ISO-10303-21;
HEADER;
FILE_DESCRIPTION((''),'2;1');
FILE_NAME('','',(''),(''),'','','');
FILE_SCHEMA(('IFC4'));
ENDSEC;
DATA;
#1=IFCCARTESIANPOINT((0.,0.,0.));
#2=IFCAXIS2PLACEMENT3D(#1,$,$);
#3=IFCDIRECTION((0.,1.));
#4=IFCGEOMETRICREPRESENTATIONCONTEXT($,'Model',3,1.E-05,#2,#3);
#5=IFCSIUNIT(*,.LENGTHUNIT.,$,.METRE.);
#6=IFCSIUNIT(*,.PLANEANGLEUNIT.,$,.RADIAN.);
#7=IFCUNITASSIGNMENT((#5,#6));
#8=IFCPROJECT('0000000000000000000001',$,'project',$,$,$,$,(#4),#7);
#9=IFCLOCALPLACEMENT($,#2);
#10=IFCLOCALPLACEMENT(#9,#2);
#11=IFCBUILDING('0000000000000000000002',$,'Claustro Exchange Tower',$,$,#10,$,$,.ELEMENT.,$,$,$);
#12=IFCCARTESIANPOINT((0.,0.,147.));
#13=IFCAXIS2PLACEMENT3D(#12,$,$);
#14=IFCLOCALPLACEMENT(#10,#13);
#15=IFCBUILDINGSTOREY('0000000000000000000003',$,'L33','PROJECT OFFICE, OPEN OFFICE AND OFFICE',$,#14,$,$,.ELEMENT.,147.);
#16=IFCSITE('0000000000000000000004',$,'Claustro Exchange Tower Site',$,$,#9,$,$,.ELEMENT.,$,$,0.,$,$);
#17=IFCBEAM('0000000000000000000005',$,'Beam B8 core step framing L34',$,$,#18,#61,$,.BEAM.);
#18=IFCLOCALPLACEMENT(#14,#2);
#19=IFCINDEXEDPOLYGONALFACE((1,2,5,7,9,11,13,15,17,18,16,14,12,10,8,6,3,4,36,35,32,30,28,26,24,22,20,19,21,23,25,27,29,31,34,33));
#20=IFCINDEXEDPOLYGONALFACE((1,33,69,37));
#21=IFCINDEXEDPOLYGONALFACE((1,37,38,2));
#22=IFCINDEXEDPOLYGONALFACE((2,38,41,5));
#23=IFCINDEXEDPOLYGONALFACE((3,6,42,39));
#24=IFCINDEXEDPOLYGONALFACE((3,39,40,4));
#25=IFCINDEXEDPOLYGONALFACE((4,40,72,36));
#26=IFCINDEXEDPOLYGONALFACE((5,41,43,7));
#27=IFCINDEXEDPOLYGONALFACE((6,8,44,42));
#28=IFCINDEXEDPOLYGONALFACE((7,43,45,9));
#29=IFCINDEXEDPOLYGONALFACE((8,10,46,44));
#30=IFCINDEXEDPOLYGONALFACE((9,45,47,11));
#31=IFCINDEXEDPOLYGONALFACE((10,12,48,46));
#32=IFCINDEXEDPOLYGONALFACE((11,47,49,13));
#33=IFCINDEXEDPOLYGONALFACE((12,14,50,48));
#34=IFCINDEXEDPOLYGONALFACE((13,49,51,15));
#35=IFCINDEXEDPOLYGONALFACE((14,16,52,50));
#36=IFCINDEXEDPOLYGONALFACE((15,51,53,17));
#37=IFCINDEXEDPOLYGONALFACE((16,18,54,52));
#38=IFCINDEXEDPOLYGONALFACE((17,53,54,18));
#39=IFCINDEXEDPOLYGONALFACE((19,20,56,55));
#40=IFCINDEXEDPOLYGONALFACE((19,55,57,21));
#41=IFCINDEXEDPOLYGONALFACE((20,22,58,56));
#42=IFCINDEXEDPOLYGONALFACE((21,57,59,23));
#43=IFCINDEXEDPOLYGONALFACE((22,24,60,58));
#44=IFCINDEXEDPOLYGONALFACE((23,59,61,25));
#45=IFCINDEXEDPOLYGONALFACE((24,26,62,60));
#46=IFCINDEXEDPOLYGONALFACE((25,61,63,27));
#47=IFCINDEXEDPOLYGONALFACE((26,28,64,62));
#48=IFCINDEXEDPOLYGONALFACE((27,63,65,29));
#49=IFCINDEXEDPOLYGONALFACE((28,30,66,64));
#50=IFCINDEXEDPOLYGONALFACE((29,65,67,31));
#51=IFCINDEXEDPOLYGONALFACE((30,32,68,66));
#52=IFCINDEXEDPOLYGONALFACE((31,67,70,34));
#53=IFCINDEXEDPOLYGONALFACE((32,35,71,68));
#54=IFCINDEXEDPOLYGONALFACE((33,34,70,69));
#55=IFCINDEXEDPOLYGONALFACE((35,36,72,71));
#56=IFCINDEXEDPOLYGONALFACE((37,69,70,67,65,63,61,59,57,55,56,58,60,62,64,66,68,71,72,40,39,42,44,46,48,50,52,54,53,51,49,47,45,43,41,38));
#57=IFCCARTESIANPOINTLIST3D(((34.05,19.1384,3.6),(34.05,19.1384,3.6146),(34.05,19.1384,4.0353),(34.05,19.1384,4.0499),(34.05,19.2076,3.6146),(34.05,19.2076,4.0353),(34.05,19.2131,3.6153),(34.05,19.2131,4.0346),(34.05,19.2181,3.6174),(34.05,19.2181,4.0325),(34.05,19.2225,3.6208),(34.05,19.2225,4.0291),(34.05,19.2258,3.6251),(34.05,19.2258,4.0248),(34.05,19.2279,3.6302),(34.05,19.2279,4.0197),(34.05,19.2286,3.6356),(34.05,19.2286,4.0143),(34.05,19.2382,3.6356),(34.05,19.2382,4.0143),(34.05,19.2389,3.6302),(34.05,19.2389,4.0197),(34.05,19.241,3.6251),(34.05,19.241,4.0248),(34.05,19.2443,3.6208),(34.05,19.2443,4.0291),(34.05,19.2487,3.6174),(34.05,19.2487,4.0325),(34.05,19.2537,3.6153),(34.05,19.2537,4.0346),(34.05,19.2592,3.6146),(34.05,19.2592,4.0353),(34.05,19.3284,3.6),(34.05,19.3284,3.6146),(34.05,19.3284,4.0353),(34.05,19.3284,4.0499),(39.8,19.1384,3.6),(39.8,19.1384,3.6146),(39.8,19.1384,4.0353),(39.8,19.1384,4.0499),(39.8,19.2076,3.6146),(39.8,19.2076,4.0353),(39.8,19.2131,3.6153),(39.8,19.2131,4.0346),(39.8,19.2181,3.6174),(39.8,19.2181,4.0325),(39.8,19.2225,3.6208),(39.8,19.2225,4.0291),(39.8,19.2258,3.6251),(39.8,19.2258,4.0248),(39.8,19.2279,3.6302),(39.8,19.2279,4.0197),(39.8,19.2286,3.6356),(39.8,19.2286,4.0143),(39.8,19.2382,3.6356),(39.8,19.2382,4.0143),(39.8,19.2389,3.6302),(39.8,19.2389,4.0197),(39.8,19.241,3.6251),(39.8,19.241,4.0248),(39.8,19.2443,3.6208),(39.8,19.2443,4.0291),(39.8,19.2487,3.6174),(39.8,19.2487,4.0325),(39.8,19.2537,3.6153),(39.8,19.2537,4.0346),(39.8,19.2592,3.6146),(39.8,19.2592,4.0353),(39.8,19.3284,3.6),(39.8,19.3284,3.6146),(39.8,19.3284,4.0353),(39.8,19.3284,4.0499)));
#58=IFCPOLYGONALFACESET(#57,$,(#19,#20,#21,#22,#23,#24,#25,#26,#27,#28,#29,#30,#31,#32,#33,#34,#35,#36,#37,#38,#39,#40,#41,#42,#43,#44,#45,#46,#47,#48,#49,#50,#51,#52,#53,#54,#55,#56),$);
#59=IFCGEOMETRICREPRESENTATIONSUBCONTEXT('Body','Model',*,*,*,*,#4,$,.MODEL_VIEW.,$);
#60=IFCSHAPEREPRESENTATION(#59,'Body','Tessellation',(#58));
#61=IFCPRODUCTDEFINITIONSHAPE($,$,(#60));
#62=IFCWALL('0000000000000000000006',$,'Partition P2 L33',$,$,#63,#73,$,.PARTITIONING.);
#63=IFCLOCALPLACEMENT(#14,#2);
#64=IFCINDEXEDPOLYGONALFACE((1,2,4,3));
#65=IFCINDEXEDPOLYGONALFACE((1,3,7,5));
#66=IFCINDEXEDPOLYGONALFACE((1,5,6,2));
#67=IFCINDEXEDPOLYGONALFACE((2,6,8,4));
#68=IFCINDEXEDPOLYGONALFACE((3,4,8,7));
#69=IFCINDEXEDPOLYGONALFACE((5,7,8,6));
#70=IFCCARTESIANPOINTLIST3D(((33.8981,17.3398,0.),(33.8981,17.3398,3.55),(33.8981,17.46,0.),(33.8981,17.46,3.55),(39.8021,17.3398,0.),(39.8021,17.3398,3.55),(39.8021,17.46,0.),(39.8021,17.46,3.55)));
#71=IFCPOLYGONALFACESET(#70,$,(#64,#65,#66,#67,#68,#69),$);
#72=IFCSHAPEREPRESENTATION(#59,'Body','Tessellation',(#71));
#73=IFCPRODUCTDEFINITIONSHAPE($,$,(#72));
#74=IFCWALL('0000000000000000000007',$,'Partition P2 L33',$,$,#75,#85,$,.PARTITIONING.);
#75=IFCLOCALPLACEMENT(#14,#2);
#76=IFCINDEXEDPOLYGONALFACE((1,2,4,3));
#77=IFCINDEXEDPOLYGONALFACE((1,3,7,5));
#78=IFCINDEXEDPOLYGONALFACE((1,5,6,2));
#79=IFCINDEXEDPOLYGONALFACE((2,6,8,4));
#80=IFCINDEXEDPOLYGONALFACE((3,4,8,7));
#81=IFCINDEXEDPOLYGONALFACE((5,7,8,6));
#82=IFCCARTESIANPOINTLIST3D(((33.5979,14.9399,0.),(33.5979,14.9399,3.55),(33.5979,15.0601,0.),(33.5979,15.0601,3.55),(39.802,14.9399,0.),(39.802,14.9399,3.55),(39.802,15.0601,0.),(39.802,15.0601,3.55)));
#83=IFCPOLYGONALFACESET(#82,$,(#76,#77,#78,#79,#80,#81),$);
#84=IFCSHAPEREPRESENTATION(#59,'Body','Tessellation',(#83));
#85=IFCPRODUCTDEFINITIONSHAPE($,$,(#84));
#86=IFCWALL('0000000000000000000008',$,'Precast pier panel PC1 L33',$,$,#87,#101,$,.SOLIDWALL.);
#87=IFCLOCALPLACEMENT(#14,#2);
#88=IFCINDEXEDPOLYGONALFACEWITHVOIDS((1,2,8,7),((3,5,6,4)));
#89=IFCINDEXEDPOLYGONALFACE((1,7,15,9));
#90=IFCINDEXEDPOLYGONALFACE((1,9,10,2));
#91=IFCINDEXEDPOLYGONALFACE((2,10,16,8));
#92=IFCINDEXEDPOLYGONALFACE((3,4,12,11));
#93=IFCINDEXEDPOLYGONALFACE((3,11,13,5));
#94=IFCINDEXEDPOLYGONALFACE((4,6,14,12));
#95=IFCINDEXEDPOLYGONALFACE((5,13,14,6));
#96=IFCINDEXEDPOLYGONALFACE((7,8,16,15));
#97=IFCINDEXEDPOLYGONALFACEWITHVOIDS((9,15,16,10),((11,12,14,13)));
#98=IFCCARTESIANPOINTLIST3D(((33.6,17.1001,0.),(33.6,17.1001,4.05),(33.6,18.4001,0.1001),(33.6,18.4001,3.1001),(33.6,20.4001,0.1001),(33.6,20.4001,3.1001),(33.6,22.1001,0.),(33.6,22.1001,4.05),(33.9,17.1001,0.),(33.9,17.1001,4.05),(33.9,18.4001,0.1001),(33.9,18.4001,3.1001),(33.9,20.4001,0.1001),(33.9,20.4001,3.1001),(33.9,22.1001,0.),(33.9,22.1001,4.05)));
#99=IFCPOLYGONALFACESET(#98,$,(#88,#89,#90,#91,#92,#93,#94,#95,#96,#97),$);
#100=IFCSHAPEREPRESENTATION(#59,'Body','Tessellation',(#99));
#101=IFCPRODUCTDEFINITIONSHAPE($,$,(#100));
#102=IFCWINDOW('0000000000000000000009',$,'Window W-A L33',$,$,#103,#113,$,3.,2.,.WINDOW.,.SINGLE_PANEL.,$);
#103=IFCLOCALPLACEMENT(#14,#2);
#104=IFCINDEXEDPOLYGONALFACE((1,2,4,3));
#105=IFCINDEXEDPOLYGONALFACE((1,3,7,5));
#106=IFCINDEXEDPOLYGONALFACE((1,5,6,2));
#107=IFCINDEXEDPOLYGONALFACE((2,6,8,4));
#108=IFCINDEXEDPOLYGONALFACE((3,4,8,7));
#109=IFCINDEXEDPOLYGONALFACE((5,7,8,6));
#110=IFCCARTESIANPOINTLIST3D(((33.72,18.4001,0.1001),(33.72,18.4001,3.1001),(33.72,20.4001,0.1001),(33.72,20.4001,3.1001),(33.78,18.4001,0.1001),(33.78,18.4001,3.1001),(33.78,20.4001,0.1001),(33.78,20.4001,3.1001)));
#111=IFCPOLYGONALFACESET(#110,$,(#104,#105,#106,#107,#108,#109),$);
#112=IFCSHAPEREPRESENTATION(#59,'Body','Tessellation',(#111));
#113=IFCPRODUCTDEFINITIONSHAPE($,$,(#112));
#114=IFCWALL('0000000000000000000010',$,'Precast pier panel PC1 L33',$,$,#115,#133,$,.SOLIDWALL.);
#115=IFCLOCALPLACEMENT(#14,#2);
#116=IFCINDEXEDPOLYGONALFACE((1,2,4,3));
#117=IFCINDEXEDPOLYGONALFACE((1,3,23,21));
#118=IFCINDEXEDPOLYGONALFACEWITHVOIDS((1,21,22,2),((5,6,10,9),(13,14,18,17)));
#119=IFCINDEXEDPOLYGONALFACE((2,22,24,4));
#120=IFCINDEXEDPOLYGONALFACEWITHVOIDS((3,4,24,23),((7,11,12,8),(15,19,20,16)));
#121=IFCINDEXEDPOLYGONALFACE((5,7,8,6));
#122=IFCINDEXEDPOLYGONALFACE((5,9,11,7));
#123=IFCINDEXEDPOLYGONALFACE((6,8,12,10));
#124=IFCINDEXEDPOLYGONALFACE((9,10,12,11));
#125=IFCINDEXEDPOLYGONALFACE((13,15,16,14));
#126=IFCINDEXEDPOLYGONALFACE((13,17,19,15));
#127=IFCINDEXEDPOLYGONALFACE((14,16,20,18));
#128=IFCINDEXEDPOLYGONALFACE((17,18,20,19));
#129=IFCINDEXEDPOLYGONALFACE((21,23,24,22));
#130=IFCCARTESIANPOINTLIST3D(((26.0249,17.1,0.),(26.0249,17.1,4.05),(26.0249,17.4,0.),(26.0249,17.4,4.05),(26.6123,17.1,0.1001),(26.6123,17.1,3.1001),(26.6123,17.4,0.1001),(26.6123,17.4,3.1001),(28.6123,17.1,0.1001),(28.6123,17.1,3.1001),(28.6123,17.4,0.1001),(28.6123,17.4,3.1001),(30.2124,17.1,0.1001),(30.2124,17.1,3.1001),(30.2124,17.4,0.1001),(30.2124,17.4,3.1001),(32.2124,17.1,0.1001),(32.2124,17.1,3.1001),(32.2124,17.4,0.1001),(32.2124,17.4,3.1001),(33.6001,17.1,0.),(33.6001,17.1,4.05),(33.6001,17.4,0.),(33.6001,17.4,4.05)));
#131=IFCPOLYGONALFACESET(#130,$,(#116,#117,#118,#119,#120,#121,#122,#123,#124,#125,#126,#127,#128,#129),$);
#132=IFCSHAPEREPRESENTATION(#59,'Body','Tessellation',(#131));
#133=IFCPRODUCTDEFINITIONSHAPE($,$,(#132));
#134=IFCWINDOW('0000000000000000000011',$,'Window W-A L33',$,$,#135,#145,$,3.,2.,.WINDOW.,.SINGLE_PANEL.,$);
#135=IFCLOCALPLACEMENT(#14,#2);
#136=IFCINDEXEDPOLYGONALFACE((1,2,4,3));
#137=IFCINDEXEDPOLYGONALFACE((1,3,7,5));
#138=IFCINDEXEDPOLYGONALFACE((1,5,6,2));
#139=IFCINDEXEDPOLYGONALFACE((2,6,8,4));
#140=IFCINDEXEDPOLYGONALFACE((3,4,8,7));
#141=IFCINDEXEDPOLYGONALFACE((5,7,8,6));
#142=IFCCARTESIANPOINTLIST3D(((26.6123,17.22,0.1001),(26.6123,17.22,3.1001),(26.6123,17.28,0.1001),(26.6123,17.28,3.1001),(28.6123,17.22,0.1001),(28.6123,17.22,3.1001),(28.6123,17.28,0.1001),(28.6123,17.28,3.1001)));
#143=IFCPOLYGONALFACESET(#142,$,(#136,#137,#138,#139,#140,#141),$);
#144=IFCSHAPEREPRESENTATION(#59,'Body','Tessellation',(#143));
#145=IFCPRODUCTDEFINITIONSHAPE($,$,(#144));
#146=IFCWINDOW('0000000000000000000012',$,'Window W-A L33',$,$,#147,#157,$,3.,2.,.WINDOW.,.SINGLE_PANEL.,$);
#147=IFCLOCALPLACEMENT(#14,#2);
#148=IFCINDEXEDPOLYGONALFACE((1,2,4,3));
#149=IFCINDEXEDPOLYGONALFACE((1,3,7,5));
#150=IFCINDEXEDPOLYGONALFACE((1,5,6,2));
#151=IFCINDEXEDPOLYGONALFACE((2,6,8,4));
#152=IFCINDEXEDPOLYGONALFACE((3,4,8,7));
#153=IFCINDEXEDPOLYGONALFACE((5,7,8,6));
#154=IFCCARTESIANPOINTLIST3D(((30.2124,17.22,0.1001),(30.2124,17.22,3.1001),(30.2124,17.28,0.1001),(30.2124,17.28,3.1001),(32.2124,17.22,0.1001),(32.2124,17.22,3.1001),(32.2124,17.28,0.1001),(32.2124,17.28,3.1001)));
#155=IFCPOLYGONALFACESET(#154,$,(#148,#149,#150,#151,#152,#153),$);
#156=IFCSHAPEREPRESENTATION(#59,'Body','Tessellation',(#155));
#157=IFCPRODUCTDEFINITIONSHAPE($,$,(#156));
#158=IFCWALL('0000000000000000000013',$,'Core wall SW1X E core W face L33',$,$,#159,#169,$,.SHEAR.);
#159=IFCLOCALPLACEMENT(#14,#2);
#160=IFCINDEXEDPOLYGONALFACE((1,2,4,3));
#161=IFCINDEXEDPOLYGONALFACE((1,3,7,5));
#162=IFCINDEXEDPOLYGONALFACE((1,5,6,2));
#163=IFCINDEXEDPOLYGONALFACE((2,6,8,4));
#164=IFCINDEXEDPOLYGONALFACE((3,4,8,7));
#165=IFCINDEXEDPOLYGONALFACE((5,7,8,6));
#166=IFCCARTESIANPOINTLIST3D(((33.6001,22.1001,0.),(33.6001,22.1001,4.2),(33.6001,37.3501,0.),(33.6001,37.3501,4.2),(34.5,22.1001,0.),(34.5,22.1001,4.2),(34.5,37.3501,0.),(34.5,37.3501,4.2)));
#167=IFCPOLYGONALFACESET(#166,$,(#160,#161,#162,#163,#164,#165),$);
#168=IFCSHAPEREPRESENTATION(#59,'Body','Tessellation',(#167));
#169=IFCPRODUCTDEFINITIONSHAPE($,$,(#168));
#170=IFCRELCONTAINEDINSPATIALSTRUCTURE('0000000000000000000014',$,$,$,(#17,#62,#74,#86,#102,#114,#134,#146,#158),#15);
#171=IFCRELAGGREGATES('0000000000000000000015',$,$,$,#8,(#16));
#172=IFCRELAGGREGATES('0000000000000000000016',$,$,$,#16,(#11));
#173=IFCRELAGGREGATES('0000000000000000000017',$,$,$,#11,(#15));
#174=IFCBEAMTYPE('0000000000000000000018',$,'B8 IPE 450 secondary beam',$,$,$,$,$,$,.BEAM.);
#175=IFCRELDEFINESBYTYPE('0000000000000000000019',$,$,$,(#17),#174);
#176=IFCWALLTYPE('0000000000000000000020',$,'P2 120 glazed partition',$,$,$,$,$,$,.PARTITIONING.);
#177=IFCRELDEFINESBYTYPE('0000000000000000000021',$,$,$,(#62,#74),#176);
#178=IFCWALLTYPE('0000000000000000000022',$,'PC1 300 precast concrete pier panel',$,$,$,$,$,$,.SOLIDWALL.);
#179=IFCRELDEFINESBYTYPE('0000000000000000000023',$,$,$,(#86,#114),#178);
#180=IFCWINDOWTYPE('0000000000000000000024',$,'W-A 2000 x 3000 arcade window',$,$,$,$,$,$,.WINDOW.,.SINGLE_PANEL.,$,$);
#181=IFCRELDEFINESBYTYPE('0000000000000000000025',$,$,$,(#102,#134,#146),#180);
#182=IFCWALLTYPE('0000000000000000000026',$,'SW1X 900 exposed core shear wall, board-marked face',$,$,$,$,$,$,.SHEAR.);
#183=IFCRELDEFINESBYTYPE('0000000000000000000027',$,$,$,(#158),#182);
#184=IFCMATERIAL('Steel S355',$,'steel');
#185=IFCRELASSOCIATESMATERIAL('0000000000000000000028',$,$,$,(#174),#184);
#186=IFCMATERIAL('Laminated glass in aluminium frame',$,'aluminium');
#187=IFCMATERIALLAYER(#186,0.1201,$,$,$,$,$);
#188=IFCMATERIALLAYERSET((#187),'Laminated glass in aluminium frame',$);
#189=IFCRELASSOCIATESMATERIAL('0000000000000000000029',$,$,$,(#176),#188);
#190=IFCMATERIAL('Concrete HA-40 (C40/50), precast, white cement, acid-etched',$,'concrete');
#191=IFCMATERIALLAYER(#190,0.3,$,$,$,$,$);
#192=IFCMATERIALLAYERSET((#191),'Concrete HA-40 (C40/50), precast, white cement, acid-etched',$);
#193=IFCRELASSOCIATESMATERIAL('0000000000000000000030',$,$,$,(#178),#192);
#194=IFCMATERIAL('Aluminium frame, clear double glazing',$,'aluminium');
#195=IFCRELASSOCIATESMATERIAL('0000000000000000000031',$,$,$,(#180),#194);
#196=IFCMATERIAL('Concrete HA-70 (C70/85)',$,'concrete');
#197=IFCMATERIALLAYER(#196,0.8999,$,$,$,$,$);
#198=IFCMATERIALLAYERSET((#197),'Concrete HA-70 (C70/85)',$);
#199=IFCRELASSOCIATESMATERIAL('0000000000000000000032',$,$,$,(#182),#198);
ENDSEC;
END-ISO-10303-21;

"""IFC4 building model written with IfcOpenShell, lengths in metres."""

from ifc_helpers import new_model, si_unit, direction, frame, frame_2d, origin, origin_2d, place, context, subcontext, project, spatial, rectangle, i_section, extrude, material, layer, layer_set, material_profile, profile_set, type_object, element, fill, save


model = new_model("IFC4")

# Units and contexts
model_context = context("Model", 3, precision=1e-05, world=origin(), true_north=direction((0.0, 1.0)))
body_context = subcontext(model_context, "Body", "Model", "MODEL_VIEW")
ifc_project = project(units=[si_unit("LENGTHUNIT", "METRE"), si_unit("PLANEANGLEUNIT", "RADIAN")], contexts=[model_context])

# Site, building, storey
site_placement = place(None, origin())
site = spatial("IfcSite", under=ifc_project, at=site_placement, Name="Claustro Exchange Tower Site", CompositionType="ELEMENT", RefElevation=0.0)
building_placement = place(site_placement, origin())
building = spatial("IfcBuilding", under=site, at=building_placement, Name="Claustro Exchange Tower", CompositionType="ELEMENT")
storey_placement = place(building_placement, frame((0.0, 0.0, 147.0)))
storey = spatial("IfcBuildingStorey", under=building, at=storey_placement, Name="L33", Description="PROJECT OFFICE, OPEN OFFICE AND OFFICE", CompositionType="ELEMENT", Elevation=147.0)

# Beam
ifc_material_1 = material(Name="Steel S355", Category="steel")
ifc_material_profile_1 = material_profile(ifc_material_1, i_section(OverallWidth=0.1899, OverallDepth=0.45, WebThickness=0.0095, FlangeThickness=0.0146, FilletRadius=0.021, at=origin_2d()), Name="IPE 450")
ifc_profile_set_1 = profile_set([ifc_material_profile_1], Name="Steel S355")
beam_type_1 = type_object("IfcBeamType", Name="B8 IPE 450 secondary beam", PredefinedType="BEAM", material=ifc_profile_set_1)
for number, where, z_axis, x_axis, name in (
    (1, (34.05, 19.2334, 3.825), (1.0, 0.0, 0.0), (0.0, 1.0, 0.0), "Beam B8 core step framing L34"),
):
    element("IfcBeam", number, at=place(storey_placement, frame(where, z_axis=z_axis, x_axis=x_axis)), inside=storey, type_object=beam_type_1, Name=name, PredefinedType="BEAM", context=body_context, shape_type="SweptSolid", body=[
        extrude(i_section(OverallWidth=0.1899, OverallDepth=0.45, WebThickness=0.0095, FlangeThickness=0.0146, FilletRadius=0.021, at=origin_2d()), origin(), (0.0, 0.0, 1.0), 5.75),
    ])

# Walls
ifc_material_2 = material(Name="Laminated glass in aluminium frame", Category="aluminium")
ifc_layer_1 = layer(ifc_material_2, 0.1201)
ifc_layer_set_1 = layer_set([ifc_layer_1], Name="Laminated glass in aluminium frame")
wall_type_1 = type_object("IfcWallType", Name="P2 120 glazed partition", PredefinedType="PARTITIONING", material=ifc_layer_set_1)
wall_1_placement = place(storey_placement, frame((33.8979, 17.3999, 0.0), z_axis=(0.0, 0.0, 1.0), x_axis=(1.0, 0.0, 0.0)))
element("IfcWall", 2, at=wall_1_placement, inside=storey, type_object=wall_type_1, Name="Partition P2 L33", PredefinedType="PARTITIONING", context=body_context, shape_type="SweptSolid", body=[
    extrude(rectangle(XDim=5.9041, YDim=0.1201, at=frame_2d((2.9521, 0.0))), origin(), (0.0, 0.0, 1.0), 3.55),
])
wall_2_placement = place(storey_placement, frame((33.5979, 15.0, 0.0), z_axis=(0.0, 0.0, 1.0), x_axis=(1.0, 0.0, 0.0)))
element("IfcWall", 3, at=wall_2_placement, inside=storey, type_object=wall_type_1, Name="Partition P2 L33", PredefinedType="PARTITIONING", context=body_context, shape_type="SweptSolid", body=[
    extrude(rectangle(XDim=6.2041, YDim=0.1201, at=frame_2d((3.1021, 0.0))), origin(), (0.0, 0.0, 1.0), 3.55),
])

# Wall, opening, window
ifc_material_3 = material(Name="Concrete HA-40 (C40/50), precast, white cement, acid-etched", Category="concrete")
ifc_layer_2 = layer(ifc_material_3, 0.3)
ifc_layer_set_2 = layer_set([ifc_layer_2], Name="Concrete HA-40 (C40/50), precast, white cement, acid-etched")
wall_type_2 = type_object("IfcWallType", Name="PC1 300 precast concrete pier panel", PredefinedType="SOLIDWALL", material=ifc_layer_set_2)
wall_3_placement = place(storey_placement, frame((33.75, 17.1001, 0.0), z_axis=(0.0, 0.0, 1.0), x_axis=(0.0, 1.0, 0.0)))
wall_3 = element("IfcWall", 4, at=wall_3_placement, inside=storey, type_object=wall_type_2, Name="Precast pier panel PC1 L33", PredefinedType="SOLIDWALL", context=body_context, shape_type="SweptSolid", body=[
    extrude(rectangle(XDim=5.0, YDim=0.3, at=frame_2d((2.5, 0.0))), origin(), (0.0, 0.0, 1.0), 4.05),
])
opening_1_placement = place(wall_3_placement, frame((1.3, 0.0, 0.1001)))
opening_1 = element("IfcOpeningElement", 5, at=opening_1_placement, cuts=wall_3, PredefinedType="OPENING", context=body_context, shape_type="SweptSolid", body=[
    extrude(rectangle(XDim=2.0, YDim=3.0, at=frame_2d((1.0, 1.5))), frame((0.0, 0.1599, 0.0), z_axis=(0.0, -1.0, 0.0), x_axis=(1.0, 0.0, 0.0)), (0.0, 0.0, 1.0), 0.3201),
])
ifc_material_4 = material(Name="Aluminium frame, clear double glazing", Category="aluminium")
window_type = type_object("IfcWindowType", Name="W-A 2000 x 3000 arcade window", PartitioningType="SINGLE_PANEL", PredefinedType="WINDOW", material=ifc_material_4)
window_1_placement = place(opening_1_placement, origin())
window_1 = element("IfcWindow", 6, at=window_1_placement, inside=storey, type_object=window_type, Name="Window W-A L33", OverallHeight=3.0, OverallWidth=2.0, PartitioningType="SINGLE_PANEL", PredefinedType="WINDOW", context=body_context, shape_type="SweptSolid", body=[
    extrude(rectangle(XDim=2.0, YDim=3.0, at=frame_2d((1.0, 1.5))), frame((0.0, 0.03, 0.0), z_axis=(0.0, -1.0, 0.0), x_axis=(1.0, 0.0, 0.0)), (0.0, 0.0, 1.0), 0.0601),
])
fill(opening_1, window_1)

# Wall, openings, windows
wall_4_placement = place(storey_placement, frame((26.0249, 17.25, 0.0), z_axis=(0.0, 0.0, 1.0), x_axis=(1.0, 0.0, 0.0)))
wall_4 = element("IfcWall", 7, at=wall_4_placement, inside=storey, type_object=wall_type_2, Name="Precast pier panel PC1 L33", PredefinedType="SOLIDWALL", context=body_context, shape_type="SweptSolid", body=[
    extrude(rectangle(XDim=7.5752, YDim=0.3, at=frame_2d((3.7876, 0.0))), origin(), (0.0, 0.0, 1.0), 4.05),
])
opening_2_placement = place(wall_4_placement, frame((0.5874, 0.0, 0.1001)))
opening_2 = element("IfcOpeningElement", 8, at=opening_2_placement, cuts=wall_4, PredefinedType="OPENING", context=body_context, shape_type="SweptSolid", body=[
    extrude(rectangle(XDim=2.0, YDim=3.0, at=frame_2d((1.0, 1.5))), frame((0.0, 0.1599, 0.0), z_axis=(0.0, -1.0, 0.0), x_axis=(1.0, 0.0, 0.0)), (0.0, 0.0, 1.0), 0.3201),
])
opening_3_placement = place(wall_4_placement, frame((4.1875, 0.0, 0.1001)))
opening_3 = element("IfcOpeningElement", 9, at=opening_3_placement, cuts=wall_4, PredefinedType="OPENING", context=body_context, shape_type="SweptSolid", body=[
    extrude(rectangle(XDim=2.0, YDim=3.0, at=frame_2d((1.0, 1.5))), frame((0.0, 0.1599, 0.0), z_axis=(0.0, -1.0, 0.0), x_axis=(1.0, 0.0, 0.0)), (0.0, 0.0, 1.0), 0.3201),
])
window_2_placement = place(opening_2_placement, origin())
window_2 = element("IfcWindow", 10, at=window_2_placement, inside=storey, type_object=window_type, Name="Window W-A L33", OverallHeight=3.0, OverallWidth=2.0, PartitioningType="SINGLE_PANEL", PredefinedType="WINDOW", context=body_context, shape_type="SweptSolid", body=[
    extrude(rectangle(XDim=2.0, YDim=3.0, at=frame_2d((1.0, 1.5))), frame((0.0, 0.03, 0.0), z_axis=(0.0, -1.0, 0.0), x_axis=(1.0, 0.0, 0.0)), (0.0, 0.0, 1.0), 0.0601),
])
fill(opening_2, window_2)
window_3_placement = place(opening_3_placement, origin())
window_3 = element("IfcWindow", 11, at=window_3_placement, inside=storey, type_object=window_type, Name="Window W-A L33", OverallHeight=3.0, OverallWidth=2.0, PartitioningType="SINGLE_PANEL", PredefinedType="WINDOW", context=body_context, shape_type="SweptSolid", body=[
    extrude(rectangle(XDim=2.0, YDim=3.0, at=frame_2d((1.0, 1.5))), frame((0.0, 0.03, 0.0), z_axis=(0.0, -1.0, 0.0), x_axis=(1.0, 0.0, 0.0)), (0.0, 0.0, 1.0), 0.0601),
])
fill(opening_3, window_3)

# Wall
ifc_material_5 = material(Name="Concrete HA-70 (C70/85)", Category="concrete")
ifc_layer_3 = layer(ifc_material_5, 0.8999)
ifc_layer_set_3 = layer_set([ifc_layer_3], Name="Concrete HA-70 (C70/85)")
wall_type_3 = type_object("IfcWallType", Name="SW1X 900 exposed core shear wall, board-marked face", PredefinedType="SHEAR", material=ifc_layer_set_3)
wall_5_placement = place(storey_placement, frame((34.05, 22.1001, 0.0), z_axis=(0.0, 0.0, 1.0), x_axis=(0.0, 1.0, 0.0)))
element("IfcWall", 12, at=wall_5_placement, inside=storey, type_object=wall_type_3, Name="Core wall SW1X E core W face L33", PredefinedType="SHEAR", context=body_context, shape_type="SweptSolid", body=[
    extrude(rectangle(XDim=15.25, YDim=0.8999, at=frame_2d((7.625, 0.0))), origin(), (0.0, 0.0, 1.0), 4.2),
])

save(model, "model.ifc")
